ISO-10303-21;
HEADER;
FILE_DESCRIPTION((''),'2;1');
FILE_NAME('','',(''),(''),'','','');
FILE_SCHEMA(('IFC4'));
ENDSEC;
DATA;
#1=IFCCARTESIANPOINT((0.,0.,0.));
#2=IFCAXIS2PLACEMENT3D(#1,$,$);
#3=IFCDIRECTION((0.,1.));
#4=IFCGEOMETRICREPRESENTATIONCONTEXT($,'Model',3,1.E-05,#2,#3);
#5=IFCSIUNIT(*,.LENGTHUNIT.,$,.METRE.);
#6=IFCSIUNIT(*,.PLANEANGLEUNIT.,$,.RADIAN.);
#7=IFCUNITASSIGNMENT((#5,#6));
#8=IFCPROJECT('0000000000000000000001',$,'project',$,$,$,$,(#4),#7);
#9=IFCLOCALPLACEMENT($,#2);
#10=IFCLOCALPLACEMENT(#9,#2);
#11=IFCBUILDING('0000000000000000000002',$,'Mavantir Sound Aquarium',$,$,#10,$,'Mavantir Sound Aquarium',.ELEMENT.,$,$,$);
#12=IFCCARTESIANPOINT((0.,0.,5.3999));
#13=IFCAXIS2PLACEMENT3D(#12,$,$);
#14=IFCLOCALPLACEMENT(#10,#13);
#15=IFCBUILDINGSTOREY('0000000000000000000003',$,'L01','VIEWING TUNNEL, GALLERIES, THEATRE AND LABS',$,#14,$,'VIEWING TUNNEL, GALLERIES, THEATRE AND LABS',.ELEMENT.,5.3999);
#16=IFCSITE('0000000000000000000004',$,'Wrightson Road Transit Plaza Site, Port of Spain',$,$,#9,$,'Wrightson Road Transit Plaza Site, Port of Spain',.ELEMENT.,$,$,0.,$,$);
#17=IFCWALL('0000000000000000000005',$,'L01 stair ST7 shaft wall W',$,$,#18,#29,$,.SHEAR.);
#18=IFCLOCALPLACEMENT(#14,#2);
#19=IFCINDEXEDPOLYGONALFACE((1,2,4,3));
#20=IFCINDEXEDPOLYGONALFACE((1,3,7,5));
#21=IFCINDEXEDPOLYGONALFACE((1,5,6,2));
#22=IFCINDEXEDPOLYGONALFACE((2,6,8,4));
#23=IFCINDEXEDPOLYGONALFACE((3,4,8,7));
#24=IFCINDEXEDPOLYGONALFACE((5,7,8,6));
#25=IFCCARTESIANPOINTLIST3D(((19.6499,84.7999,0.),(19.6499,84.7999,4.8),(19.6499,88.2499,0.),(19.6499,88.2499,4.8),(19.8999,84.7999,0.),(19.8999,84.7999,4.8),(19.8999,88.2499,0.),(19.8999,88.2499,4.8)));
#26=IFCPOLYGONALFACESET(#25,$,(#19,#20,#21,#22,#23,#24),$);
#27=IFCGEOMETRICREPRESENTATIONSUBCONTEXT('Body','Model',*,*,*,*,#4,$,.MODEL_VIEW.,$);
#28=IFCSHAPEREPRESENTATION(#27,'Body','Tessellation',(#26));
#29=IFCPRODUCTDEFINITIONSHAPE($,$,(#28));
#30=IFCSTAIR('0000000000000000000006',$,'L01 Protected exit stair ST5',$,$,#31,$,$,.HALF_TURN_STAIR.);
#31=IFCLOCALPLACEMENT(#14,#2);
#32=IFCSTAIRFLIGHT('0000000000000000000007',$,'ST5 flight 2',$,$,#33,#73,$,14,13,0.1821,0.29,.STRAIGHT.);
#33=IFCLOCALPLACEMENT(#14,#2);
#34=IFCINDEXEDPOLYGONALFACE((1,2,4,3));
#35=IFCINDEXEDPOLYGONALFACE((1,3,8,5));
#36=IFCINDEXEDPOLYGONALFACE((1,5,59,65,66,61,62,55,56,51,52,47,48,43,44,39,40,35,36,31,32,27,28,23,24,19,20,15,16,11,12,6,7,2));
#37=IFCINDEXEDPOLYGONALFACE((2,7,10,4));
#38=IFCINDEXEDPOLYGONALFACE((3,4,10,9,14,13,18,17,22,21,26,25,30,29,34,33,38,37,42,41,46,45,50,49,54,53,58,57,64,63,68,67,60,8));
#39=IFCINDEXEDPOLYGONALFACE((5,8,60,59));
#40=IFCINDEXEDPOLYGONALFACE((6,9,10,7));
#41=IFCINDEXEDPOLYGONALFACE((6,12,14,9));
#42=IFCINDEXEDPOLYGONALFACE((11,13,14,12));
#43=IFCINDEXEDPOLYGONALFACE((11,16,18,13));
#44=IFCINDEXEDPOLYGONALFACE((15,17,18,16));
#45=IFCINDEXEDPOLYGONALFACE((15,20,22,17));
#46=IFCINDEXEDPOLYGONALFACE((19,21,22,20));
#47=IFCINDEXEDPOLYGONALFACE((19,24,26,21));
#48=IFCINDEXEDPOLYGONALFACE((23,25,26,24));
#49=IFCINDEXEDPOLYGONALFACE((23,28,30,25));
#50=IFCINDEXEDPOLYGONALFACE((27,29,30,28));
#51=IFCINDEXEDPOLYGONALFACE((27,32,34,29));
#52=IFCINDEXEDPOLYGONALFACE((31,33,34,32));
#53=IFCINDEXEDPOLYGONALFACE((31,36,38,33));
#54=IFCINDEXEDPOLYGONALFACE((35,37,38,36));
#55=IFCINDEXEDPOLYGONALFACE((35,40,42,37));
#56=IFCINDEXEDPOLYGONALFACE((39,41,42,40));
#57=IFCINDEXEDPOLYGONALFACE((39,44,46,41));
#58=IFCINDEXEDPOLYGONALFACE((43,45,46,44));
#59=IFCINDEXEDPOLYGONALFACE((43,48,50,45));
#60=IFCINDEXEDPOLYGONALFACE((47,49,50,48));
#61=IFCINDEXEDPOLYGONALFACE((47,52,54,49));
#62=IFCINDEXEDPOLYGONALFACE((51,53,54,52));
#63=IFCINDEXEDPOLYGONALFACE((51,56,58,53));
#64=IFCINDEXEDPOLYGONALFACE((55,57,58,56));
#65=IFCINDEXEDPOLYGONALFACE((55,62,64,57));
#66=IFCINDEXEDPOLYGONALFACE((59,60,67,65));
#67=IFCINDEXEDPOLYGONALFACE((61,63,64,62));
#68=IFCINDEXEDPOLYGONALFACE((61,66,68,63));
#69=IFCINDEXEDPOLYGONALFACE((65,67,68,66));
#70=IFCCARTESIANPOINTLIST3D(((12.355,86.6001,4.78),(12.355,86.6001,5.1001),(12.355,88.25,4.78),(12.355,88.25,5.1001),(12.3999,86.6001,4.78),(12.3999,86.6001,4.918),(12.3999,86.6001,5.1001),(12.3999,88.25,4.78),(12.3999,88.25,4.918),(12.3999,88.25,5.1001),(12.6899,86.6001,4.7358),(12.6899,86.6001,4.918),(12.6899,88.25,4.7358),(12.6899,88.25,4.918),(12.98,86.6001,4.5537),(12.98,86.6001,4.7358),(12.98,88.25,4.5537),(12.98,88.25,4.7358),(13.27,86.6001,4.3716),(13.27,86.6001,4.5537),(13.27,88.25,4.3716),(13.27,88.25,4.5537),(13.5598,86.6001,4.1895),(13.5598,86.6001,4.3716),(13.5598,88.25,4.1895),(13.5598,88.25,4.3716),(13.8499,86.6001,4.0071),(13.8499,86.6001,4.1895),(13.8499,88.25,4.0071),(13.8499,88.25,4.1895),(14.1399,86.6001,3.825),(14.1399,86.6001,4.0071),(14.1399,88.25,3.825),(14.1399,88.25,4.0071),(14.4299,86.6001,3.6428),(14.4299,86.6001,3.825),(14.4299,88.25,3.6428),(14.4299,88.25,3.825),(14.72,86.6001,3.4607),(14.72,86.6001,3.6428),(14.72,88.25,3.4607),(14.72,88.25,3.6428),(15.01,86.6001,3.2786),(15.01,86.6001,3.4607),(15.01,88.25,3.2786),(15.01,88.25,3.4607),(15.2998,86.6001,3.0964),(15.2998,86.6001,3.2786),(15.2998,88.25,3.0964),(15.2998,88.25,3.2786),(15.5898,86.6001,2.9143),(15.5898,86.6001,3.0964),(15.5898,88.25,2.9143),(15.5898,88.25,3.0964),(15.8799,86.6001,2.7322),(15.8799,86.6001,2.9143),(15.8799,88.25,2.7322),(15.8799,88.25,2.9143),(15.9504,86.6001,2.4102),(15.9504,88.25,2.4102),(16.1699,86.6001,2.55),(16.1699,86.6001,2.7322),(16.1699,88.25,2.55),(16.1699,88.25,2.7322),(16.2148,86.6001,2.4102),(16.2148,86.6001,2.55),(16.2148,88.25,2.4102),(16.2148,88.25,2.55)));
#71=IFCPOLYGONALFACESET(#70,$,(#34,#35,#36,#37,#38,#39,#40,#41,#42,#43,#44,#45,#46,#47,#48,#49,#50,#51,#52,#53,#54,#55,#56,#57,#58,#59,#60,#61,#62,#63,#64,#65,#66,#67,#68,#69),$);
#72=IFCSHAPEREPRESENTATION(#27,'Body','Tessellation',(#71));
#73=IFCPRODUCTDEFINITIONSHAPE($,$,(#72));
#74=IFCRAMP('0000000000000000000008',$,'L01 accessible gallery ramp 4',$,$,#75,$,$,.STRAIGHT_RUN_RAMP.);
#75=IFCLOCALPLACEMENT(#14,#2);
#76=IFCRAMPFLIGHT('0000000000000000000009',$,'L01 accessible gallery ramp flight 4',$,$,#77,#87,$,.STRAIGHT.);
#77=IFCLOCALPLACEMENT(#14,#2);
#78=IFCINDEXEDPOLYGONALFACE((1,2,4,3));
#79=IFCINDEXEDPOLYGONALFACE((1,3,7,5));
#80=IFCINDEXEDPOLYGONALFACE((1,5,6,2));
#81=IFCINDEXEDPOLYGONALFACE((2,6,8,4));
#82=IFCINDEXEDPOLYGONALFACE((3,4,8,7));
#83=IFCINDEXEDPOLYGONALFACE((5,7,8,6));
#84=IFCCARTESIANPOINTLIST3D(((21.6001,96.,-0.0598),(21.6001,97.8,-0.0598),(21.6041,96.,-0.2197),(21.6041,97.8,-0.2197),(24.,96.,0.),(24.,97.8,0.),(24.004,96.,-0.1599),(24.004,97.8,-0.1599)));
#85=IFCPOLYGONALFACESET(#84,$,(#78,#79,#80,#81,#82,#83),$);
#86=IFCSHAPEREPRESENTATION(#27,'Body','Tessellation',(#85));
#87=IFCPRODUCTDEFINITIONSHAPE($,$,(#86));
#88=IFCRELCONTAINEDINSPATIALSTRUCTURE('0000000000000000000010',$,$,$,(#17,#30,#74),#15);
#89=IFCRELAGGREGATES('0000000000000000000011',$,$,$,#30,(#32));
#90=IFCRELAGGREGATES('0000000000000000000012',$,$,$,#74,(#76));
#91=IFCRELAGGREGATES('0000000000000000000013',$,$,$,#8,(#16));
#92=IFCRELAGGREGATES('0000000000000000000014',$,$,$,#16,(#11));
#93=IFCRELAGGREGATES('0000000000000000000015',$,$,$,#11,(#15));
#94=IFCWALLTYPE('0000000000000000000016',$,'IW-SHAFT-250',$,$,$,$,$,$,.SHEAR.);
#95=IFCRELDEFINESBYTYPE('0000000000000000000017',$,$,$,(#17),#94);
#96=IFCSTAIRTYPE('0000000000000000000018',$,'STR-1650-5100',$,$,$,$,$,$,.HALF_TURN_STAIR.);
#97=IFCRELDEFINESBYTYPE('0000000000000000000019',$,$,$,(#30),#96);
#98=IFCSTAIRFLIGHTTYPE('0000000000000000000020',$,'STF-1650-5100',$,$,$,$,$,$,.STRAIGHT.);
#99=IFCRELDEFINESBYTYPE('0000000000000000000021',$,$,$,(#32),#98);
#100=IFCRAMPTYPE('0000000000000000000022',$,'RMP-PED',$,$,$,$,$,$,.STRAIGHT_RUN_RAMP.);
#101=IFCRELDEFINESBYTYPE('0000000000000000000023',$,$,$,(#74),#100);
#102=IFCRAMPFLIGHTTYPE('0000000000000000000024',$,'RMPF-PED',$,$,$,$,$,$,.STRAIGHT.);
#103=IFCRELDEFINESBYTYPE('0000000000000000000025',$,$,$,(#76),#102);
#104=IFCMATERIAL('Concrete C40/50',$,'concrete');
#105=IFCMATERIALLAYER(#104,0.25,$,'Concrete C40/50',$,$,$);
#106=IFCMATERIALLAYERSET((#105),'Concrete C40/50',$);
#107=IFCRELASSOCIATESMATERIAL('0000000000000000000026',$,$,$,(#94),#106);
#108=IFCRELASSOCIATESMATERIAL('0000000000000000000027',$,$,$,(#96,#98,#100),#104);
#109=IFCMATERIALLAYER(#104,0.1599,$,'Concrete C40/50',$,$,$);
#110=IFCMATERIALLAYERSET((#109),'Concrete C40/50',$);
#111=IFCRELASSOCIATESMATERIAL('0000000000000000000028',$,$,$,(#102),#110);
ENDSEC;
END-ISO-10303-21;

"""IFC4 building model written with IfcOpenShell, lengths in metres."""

from ifc_helpers import new_model, si_unit, direction, frame, frame_2d, origin, place, context, subcontext, project, spatial, polyline, rectangle, outline, extrude, material, layer, layer_set, type_object, element, aggregate, save


model = new_model("IFC4")

# Units and contexts
model_context = context("Model", 3, precision=1e-05, world=origin(), true_north=direction((0.0, 1.0)))
body_context = subcontext(model_context, "Body", "Model", "MODEL_VIEW")
ifc_project = project(units=[si_unit("LENGTHUNIT", "METRE"), si_unit("PLANEANGLEUNIT", "RADIAN")], contexts=[model_context])

# Site, building, storey
site_placement = place(None, origin())
site = spatial("IfcSite", under=ifc_project, at=site_placement, Name="Wrightson Road Transit Plaza Site, Port of Spain", LongName="Wrightson Road Transit Plaza Site, Port of Spain", CompositionType="ELEMENT", RefElevation=0.0)
building_placement = place(site_placement, origin())
building = spatial("IfcBuilding", under=site, at=building_placement, Name="Mavantir Sound Aquarium", LongName="Mavantir Sound Aquarium", CompositionType="ELEMENT")
storey_placement = place(building_placement, frame((0.0, 0.0, 5.3999)))
storey = spatial("IfcBuildingStorey", under=building, at=storey_placement, Name="L01", Description="VIEWING TUNNEL, GALLERIES, THEATRE AND LABS", LongName="VIEWING TUNNEL, GALLERIES, THEATRE AND LABS", CompositionType="ELEMENT", Elevation=5.3999)

# Shared definitions
ifc_material_1 = material(Name="Concrete C40/50", Category="concrete")

# Shared definitions
ifc_layer_1 = layer(ifc_material_1, 0.25, Name="Concrete C40/50")
ifc_layer_set_1 = layer_set([ifc_layer_1], Name="Concrete C40/50")
wall_type_1 = type_object("IfcWallType", Name="IW-SHAFT-250", PredefinedType="SHEAR", material=ifc_layer_set_1)

# Wall
for number, where, z_axis, x_axis, name in (
    (1, (19.7749, 88.25, 0.0), (0.0, 0.0, 1.0), (0.0, -1.0, 0.0), "L01 stair ST7 shaft wall W"),
):
    element("IfcWall", number, at=place(storey_placement, frame(where, z_axis=z_axis, x_axis=x_axis)), inside=storey, type_object=wall_type_1, Name=name, PredefinedType="SHEAR", context=body_context, shape_type="SweptSolid", body=[
        extrude(rectangle(XDim=3.45, YDim=0.25, at=frame_2d((1.7251, 0.0))), origin(), (0.0, 0.0, 1.0), 4.8),
    ])

# Stair, stair flight
stair_type = type_object("IfcStairType", Name="STR-1650-5100", PredefinedType="HALF_TURN_STAIR", material=ifc_material_1)
stair_placement = place(storey_placement, origin())
stair = element("IfcStair", 2, at=stair_placement, inside=storey, type_object=stair_type, Name="L01 Protected exit stair ST5", PredefinedType="HALF_TURN_STAIR")
stair_flight_type = type_object("IfcStairFlightType", Name="STF-1650-5100", PredefinedType="STRAIGHT", material=ifc_material_1)
stair_flight_placement = place(storey_placement, frame((16.1699, 87.425, 2.55), z_axis=(0.0, 0.0, 1.0), x_axis=(-1.0, 0.0, 0.0)))
stair_flight = element("IfcStairFlight", 3, at=stair_flight_placement, type_object=stair_flight_type, Name="ST5 flight 2", NumberOfRisers=14, NumberOfTreads=13, PredefinedType="STRAIGHT", RiserHeight=0.1821, TreadLength=0.29, context=body_context, shape_type="SweptSolid", body=[
    extrude(outline(polyline([(-0.0449, -0.1399), (-0.0449, 0.0), (0.0, 0.0), (0.0, 0.1821), (0.29, 0.1821), (0.29, 0.3643), (0.5801, 0.3643), (0.5801, 0.5464), (0.8701, 0.5464), (0.8701, 0.7285), (1.1599, 0.7285), (1.1599, 0.9106), (1.45, 0.9106), (1.45, 1.0928), (1.74, 1.0928), (1.74, 1.2749), (2.03, 1.2749), (2.03, 1.457), (2.3201, 1.457), (2.3201, 1.6394), (2.6101, 1.6394), (2.6101, 1.8215), (2.8999, 1.8215), (2.8999, 2.0037), (3.1899, 2.0037), (3.1899, 2.1858), (3.48, 2.1858), (3.48, 2.3679), (3.77, 2.3679), (3.77, 2.55), (3.8149, 2.55), (3.8149, 2.23), (3.77, 2.23), (0.2195, -0.1399), (-0.0449, -0.1399)])), frame((0.0, 0.825, 0.0), z_axis=(0.0, -1.0, 0.0), x_axis=(1.0, 0.0, 0.0)), (0.0, 0.0, 1.0), 1.6499),
])
aggregate(stair, [stair_flight])

# Ramp, ramp flight
ramp_type = type_object("IfcRampType", Name="RMP-PED", PredefinedType="STRAIGHT_RUN_RAMP", material=ifc_material_1)
ramp_placement = place(storey_placement, origin())
ramp = element("IfcRamp", 4, at=ramp_placement, inside=storey, type_object=ramp_type, Name="L01 accessible gallery ramp 4", PredefinedType="STRAIGHT_RUN_RAMP")
ifc_layer_2 = layer(ifc_material_1, 0.1599, Name="Concrete C40/50")
ifc_layer_set_2 = layer_set([ifc_layer_2], Name="Concrete C40/50")
ramp_flight_type = type_object("IfcRampFlightType", Name="RMPF-PED", PredefinedType="STRAIGHT", material=ifc_layer_set_2)
ramp_flight_placement = place(storey_placement, frame((21.6001, 96.0, -0.0598), z_axis=(-0.024916, 0.0, 0.99969), x_axis=(0.99969, 0.0, 0.024916)))
ramp_flight = element("IfcRampFlight", 5, at=ramp_flight_placement, type_object=ramp_flight_type, Name="L01 accessible gallery ramp flight 4", PredefinedType="STRAIGHT", context=body_context, shape_type="SweptSolid", body=[
    extrude(outline(polyline([(0.0, 0.0), (2.4006, 0.0), (2.4006, 1.8), (0.0, 1.8), (0.0, 0.0)])), origin(), (0.0, 0.0, -1.0), 0.1599),
])
aggregate(ramp, [ramp_flight])

save(model, "model.ifc")
